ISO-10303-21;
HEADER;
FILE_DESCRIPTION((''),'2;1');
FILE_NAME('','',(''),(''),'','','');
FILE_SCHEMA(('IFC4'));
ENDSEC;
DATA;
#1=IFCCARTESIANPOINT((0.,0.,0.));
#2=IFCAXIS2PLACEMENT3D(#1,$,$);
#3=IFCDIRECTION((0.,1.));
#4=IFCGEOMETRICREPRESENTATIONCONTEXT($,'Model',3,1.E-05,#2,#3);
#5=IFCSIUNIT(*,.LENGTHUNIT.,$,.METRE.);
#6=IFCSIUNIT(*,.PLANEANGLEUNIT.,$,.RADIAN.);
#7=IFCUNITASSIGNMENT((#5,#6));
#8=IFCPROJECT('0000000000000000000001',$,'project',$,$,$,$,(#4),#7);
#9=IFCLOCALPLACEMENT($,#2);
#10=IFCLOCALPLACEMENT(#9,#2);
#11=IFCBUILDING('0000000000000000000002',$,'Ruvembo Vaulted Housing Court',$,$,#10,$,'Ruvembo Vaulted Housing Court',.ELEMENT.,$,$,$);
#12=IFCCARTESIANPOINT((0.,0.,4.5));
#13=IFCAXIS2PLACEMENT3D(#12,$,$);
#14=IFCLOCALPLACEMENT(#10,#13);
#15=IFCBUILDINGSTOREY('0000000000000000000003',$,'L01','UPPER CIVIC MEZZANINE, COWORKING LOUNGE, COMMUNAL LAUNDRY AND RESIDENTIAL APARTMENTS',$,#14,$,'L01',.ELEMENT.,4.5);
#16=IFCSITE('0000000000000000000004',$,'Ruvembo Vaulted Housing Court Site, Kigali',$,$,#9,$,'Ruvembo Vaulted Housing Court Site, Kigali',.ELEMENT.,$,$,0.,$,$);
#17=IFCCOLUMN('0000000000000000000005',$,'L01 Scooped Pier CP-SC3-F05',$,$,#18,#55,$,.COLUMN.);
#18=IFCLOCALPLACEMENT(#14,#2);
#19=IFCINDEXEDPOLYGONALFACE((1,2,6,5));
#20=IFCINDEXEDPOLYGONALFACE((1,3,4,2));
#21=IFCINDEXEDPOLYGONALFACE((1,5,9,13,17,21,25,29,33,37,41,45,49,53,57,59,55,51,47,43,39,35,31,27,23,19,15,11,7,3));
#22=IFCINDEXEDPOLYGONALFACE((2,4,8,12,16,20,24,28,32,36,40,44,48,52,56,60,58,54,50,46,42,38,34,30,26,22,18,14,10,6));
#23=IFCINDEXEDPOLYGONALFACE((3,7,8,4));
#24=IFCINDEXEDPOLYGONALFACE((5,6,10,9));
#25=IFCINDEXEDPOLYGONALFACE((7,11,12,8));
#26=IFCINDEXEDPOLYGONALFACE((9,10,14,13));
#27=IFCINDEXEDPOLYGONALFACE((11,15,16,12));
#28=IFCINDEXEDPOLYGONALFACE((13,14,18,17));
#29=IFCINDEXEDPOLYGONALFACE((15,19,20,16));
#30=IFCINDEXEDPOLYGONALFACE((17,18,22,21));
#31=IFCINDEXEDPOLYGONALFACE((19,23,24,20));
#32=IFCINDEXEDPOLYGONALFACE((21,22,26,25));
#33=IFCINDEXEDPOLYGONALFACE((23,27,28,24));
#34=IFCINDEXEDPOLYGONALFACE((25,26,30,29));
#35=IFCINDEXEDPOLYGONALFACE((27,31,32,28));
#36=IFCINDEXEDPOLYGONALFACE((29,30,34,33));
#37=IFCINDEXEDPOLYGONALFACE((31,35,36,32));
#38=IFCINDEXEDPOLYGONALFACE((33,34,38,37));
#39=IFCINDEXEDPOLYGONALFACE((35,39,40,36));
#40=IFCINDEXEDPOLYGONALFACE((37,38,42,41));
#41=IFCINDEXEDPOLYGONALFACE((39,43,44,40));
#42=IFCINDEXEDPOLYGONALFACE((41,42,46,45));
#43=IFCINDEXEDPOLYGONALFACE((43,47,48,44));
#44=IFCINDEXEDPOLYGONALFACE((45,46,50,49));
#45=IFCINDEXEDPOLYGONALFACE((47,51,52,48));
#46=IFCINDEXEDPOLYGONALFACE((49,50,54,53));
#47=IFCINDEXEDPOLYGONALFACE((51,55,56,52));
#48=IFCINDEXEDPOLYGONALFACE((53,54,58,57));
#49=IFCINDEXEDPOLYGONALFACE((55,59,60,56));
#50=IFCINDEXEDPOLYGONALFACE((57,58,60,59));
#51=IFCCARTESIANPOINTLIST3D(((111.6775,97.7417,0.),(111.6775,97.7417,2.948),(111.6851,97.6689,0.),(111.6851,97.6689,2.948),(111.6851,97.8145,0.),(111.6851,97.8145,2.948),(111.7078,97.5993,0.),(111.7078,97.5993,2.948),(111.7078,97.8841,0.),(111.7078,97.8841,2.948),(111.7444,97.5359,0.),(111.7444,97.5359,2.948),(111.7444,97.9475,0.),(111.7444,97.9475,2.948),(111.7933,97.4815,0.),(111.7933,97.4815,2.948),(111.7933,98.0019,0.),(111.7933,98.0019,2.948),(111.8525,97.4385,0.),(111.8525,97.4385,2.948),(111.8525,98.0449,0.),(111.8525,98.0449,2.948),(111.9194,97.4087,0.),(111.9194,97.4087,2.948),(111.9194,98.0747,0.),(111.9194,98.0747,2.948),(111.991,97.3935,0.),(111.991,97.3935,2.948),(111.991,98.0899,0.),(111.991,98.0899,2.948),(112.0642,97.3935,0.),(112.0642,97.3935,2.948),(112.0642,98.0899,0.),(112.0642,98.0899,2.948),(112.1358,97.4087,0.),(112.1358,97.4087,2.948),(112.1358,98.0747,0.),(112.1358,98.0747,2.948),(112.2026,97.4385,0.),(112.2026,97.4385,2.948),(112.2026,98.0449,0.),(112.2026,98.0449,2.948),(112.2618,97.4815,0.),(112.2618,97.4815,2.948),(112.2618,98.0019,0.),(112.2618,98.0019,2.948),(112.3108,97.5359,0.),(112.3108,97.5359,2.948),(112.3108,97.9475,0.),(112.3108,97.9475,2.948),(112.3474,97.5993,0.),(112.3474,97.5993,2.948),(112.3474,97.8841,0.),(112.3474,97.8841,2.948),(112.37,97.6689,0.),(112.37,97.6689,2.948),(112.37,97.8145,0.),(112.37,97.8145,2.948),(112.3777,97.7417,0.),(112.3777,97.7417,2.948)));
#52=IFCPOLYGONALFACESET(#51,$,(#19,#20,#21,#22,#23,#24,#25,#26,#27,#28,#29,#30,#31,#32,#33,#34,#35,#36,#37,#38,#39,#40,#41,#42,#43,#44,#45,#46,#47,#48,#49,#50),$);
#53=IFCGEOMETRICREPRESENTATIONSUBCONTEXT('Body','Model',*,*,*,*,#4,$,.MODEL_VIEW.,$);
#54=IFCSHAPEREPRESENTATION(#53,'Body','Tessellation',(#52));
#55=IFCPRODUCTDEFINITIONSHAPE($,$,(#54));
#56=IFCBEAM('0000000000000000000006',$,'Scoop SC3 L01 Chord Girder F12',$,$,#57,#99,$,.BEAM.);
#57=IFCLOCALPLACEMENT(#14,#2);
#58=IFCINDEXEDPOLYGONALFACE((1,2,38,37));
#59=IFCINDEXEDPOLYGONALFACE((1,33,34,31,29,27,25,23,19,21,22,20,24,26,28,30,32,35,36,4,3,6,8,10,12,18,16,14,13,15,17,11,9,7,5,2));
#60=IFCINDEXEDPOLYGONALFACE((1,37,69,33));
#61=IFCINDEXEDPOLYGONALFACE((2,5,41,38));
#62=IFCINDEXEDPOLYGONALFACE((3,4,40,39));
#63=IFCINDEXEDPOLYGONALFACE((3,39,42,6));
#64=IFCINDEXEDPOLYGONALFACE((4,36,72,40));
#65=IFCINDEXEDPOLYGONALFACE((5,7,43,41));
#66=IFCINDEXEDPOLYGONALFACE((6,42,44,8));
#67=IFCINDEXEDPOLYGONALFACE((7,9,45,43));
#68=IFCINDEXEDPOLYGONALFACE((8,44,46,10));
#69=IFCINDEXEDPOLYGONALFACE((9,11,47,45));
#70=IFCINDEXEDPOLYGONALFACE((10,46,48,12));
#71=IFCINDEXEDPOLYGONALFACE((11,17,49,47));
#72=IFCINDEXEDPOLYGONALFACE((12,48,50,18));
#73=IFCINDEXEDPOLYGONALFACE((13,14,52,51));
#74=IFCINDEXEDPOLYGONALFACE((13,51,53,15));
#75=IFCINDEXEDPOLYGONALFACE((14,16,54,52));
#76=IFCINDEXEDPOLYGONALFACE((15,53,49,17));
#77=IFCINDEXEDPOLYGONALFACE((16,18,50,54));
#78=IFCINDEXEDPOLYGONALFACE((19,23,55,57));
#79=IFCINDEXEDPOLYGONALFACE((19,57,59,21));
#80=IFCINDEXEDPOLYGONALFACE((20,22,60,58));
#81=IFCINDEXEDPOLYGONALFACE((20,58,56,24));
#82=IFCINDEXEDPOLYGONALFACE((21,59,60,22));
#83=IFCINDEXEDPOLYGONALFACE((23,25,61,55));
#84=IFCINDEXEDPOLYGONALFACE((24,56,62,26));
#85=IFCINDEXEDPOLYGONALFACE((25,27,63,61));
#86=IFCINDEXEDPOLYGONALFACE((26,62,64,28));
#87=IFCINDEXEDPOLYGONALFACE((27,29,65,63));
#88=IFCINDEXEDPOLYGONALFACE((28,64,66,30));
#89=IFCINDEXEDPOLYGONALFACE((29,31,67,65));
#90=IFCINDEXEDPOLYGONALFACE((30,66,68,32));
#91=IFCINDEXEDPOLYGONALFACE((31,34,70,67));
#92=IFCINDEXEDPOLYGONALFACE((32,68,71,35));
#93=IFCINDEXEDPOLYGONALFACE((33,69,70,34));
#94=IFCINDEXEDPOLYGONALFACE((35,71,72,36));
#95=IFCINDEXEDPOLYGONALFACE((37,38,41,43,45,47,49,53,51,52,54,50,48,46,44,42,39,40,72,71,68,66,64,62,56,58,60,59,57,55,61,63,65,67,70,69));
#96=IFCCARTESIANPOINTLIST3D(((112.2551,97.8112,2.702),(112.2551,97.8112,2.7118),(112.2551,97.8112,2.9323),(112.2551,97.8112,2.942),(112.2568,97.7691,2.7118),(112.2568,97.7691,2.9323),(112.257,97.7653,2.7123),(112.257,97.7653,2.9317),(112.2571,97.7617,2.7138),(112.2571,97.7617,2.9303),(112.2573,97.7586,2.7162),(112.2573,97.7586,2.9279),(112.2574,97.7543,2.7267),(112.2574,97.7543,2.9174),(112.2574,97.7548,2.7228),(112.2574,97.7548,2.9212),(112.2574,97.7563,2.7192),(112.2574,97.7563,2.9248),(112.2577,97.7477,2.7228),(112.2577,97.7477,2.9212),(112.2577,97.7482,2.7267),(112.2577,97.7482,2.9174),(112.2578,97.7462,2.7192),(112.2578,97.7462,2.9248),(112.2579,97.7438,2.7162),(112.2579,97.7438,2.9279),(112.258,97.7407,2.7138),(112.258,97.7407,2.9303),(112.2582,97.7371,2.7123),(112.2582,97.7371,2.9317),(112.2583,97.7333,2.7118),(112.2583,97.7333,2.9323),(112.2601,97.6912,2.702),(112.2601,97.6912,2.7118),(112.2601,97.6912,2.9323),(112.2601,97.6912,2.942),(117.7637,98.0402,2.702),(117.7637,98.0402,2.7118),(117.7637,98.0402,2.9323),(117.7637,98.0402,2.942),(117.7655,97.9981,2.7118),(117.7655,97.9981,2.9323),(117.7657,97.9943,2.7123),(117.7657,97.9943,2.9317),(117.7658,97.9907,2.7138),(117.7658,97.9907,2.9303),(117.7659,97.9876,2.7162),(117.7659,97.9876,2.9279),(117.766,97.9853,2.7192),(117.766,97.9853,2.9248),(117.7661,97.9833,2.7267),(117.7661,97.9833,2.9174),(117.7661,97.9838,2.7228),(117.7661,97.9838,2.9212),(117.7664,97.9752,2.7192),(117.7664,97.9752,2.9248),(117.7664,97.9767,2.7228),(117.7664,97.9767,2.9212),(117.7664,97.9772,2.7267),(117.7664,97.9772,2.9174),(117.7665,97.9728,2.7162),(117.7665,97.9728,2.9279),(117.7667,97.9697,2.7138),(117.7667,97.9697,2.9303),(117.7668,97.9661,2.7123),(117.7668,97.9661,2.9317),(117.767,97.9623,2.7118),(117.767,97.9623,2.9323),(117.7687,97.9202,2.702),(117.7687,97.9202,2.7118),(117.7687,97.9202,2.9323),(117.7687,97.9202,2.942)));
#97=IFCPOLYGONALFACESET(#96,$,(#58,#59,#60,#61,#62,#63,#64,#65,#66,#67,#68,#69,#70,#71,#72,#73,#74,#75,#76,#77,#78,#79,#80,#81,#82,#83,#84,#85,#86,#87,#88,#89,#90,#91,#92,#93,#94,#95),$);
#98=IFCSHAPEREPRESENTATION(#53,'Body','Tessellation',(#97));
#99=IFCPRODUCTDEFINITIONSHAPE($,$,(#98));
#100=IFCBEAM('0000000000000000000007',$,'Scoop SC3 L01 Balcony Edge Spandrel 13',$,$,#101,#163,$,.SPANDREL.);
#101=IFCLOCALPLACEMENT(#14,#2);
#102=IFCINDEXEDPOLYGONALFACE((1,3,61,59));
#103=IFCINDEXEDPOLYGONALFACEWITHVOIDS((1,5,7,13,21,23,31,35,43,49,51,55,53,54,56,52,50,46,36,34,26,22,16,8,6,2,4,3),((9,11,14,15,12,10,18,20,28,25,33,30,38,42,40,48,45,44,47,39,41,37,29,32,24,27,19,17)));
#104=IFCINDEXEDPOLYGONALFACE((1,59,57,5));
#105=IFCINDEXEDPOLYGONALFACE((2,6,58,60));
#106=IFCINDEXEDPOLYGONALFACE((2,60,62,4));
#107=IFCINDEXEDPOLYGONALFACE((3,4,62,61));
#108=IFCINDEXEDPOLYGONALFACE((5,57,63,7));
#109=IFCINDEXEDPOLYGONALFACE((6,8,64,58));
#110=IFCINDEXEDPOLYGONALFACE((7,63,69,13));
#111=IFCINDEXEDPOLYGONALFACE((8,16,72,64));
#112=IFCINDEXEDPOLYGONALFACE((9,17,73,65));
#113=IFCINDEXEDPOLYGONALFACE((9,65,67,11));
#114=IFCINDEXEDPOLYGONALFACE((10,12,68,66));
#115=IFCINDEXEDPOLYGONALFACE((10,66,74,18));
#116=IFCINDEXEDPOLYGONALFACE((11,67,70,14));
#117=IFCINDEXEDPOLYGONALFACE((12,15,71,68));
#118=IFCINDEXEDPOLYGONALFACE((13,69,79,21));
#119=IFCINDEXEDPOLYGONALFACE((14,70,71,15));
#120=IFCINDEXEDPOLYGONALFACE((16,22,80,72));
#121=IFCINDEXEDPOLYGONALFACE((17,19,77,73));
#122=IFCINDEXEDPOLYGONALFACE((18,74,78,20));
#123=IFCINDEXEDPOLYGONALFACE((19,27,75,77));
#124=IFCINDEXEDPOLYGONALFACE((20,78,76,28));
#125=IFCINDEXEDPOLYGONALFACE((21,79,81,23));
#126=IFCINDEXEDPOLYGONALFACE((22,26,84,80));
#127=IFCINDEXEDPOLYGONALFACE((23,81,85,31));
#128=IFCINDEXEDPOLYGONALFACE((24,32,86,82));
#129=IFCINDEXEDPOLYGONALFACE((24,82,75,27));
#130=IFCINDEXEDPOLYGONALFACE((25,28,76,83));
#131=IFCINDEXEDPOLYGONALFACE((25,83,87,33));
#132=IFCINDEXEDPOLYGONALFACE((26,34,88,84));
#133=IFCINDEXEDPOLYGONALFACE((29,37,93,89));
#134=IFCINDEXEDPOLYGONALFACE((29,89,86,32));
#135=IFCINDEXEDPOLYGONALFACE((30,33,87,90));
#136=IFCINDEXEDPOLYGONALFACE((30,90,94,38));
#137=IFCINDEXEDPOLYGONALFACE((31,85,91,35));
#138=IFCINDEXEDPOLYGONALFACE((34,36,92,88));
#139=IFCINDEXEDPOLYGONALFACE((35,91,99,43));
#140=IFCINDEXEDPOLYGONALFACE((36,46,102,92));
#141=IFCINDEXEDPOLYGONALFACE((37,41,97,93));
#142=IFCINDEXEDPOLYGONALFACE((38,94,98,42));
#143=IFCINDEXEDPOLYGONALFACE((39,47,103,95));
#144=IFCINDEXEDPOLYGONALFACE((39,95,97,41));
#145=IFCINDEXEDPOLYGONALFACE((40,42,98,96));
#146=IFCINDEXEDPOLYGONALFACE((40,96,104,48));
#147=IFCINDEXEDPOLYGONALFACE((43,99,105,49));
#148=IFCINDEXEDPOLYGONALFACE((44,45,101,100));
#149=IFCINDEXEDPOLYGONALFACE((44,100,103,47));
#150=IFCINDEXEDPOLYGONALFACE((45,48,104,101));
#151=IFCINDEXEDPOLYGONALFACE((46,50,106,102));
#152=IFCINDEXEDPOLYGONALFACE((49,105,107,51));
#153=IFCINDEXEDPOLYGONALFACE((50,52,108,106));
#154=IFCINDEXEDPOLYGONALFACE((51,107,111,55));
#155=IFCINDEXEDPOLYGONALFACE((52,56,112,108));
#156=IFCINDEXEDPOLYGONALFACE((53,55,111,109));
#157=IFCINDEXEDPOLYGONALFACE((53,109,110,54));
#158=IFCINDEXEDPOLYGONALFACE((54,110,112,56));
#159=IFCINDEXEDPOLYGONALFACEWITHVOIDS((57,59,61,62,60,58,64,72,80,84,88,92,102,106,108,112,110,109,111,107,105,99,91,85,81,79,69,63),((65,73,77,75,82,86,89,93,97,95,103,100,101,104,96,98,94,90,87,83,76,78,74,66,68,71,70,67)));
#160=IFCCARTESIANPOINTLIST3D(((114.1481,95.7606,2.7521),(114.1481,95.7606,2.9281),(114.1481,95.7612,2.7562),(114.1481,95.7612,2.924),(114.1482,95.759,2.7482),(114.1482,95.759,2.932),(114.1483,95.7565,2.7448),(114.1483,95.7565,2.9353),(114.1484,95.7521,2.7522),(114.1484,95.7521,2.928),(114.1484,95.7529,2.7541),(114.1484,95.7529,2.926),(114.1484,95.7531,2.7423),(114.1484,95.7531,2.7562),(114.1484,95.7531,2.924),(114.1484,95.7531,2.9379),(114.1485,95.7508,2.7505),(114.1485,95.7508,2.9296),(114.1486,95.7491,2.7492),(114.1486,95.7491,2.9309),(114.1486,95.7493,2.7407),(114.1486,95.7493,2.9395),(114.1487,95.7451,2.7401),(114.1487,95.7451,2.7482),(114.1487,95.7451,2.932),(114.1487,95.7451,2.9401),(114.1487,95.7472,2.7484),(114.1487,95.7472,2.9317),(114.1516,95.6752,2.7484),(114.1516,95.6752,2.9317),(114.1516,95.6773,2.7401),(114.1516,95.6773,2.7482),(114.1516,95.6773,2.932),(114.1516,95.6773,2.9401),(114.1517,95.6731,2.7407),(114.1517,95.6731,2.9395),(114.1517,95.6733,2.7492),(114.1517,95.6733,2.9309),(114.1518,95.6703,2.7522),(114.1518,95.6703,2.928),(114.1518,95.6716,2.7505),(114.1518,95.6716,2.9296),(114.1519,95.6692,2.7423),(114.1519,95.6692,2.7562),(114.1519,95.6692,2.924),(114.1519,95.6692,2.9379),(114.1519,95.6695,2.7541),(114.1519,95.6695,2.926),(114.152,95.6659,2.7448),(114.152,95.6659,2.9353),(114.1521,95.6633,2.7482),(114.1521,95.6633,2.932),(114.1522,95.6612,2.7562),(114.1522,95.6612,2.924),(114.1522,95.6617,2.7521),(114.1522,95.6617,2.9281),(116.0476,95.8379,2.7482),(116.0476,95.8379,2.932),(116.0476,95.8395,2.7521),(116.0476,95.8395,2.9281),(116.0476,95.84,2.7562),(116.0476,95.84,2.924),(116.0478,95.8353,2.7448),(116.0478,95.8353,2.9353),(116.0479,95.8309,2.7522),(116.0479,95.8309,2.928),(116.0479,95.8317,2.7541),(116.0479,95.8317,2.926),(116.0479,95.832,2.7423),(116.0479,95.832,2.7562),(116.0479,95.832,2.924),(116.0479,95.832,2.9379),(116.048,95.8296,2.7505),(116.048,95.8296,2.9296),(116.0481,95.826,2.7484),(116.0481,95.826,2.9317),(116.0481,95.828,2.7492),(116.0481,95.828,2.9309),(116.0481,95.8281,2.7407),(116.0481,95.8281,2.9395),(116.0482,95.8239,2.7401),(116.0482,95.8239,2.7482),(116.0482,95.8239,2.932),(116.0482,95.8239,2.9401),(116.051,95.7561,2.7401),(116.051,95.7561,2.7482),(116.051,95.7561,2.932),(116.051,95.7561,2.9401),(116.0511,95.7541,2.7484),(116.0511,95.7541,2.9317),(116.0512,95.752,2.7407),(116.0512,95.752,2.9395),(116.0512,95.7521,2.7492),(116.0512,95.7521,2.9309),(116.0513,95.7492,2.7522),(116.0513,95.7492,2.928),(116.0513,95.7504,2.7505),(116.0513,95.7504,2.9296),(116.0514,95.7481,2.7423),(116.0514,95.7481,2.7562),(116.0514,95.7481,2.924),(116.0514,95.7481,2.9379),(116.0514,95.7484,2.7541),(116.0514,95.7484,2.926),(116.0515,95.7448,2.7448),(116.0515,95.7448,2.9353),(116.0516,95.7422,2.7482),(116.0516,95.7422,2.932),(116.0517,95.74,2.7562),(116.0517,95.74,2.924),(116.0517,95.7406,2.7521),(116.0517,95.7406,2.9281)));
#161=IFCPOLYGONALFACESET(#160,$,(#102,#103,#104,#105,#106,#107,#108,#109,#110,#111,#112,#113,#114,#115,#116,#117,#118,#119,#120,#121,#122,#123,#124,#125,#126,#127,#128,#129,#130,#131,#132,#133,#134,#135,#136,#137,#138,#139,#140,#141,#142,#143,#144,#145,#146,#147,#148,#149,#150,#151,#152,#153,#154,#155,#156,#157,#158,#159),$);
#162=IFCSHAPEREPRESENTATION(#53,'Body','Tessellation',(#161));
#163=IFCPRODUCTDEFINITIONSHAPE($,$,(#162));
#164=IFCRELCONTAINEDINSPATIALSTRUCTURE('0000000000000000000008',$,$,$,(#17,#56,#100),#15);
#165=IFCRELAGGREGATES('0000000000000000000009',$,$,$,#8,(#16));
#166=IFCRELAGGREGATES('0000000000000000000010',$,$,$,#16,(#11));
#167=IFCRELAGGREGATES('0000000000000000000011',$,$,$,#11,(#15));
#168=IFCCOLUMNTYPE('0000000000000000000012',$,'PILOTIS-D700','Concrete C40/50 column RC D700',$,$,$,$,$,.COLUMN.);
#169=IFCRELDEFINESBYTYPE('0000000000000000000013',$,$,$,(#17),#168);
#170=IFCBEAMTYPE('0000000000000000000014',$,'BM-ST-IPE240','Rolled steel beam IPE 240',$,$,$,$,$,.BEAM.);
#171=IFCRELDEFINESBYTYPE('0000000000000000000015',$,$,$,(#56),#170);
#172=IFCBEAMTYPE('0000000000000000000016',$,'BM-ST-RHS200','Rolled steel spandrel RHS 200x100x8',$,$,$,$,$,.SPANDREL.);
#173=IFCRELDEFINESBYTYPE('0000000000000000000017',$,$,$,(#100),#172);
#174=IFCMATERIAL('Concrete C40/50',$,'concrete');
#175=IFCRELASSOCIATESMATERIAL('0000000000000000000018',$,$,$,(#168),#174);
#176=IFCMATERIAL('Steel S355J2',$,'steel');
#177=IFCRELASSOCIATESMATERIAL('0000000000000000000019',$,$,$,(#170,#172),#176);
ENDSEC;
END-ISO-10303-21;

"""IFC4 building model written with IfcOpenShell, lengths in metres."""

from ifc_helpers import new_model, si_unit, direction, frame, origin, origin_2d, place, context, subcontext, project, spatial, hollow_rectangle, circle, i_section, extrude, material, material_profile, profile_set, type_object, element, save


model = new_model("IFC4")

# Units and contexts
model_context = context("Model", 3, precision=1e-05, world=origin(), true_north=direction((0.0, 1.0)))
body_context = subcontext(model_context, "Body", "Model", "MODEL_VIEW")
ifc_project = project(units=[si_unit("LENGTHUNIT", "METRE"), si_unit("PLANEANGLEUNIT", "RADIAN")], contexts=[model_context])

# Site, building, storey
site_placement = place(None, origin())
site = spatial("IfcSite", under=ifc_project, at=site_placement, Name="Ruvembo Vaulted Housing Court Site, Kigali", LongName="Ruvembo Vaulted Housing Court Site, Kigali", CompositionType="ELEMENT", RefElevation=0.0)
building_placement = place(site_placement, origin())
building = spatial("IfcBuilding", under=site, at=building_placement, Name="Ruvembo Vaulted Housing Court", LongName="Ruvembo Vaulted Housing Court", CompositionType="ELEMENT")
storey_placement = place(building_placement, frame((0.0, 0.0, 4.5)))
storey = spatial("IfcBuildingStorey", under=building, at=storey_placement, Name="L01", Description="UPPER CIVIC MEZZANINE, COWORKING LOUNGE, COMMUNAL LAUNDRY AND RESIDENTIAL APARTMENTS", LongName="L01", CompositionType="ELEMENT", Elevation=4.5)

# Column
ifc_material_1 = material(Name="Concrete C40/50", Category="concrete")
ifc_material_profile_1 = material_profile(ifc_material_1, circle(Radius=0.3501, at=origin_2d()), Name="RC D700")
ifc_profile_set_1 = profile_set([ifc_material_profile_1], Name="Concrete C40/50")
column_type = type_object("IfcColumnType", Name="PILOTIS-D700", Description="Concrete C40/50 column RC D700", PredefinedType="COLUMN", material=ifc_profile_set_1)
column_placement = place(storey_placement, frame((112.0276, 97.7417, 0.0), z_axis=(0.0, 0.0, 1.0), x_axis=(1.0, 0.0, 0.0)))
element("IfcColumn", 1, at=column_placement, inside=storey, type_object=column_type, Name="L01 Scooped Pier CP-SC3-F05", PredefinedType="COLUMN", context=body_context, shape_type="SweptSolid", body=[
    extrude(circle(Radius=0.3501, at=origin_2d()), origin(), (0.0, 0.0, 1.0), 2.948),
])

# Beams
ifc_material_2 = material(Name="Steel S355J2", Category="steel")
ifc_material_profile_2 = material_profile(ifc_material_2, i_section(OverallWidth=0.1201, OverallDepth=0.24, WebThickness=0.0061, FlangeThickness=0.0098, FilletRadius=0.0149, at=origin_2d()), Name="IPE 240")
ifc_profile_set_2 = profile_set([ifc_material_profile_2], Name="Steel S355J2")
beam_type_1 = type_object("IfcBeamType", Name="BM-ST-IPE240", Description="Rolled steel beam IPE 240", PredefinedType="BEAM", material=ifc_profile_set_2)
beam_1_placement = place(storey_placement, frame((112.2576, 97.7512, 2.822), z_axis=(0.999137, 0.041535, 0.0), x_axis=(-0.041535, 0.999137, 0.0)))
element("IfcBeam", 2, at=beam_1_placement, inside=storey, type_object=beam_type_1, Name="Scoop SC3 L01 Chord Girder F12", PredefinedType="BEAM", context=body_context, shape_type="SweptSolid", body=[
    extrude(i_section(OverallWidth=0.1201, OverallDepth=0.24, WebThickness=0.0061, FlangeThickness=0.0098, FilletRadius=0.0149, at=origin_2d()), origin(), (0.0, 0.0, 1.0), 5.5134),
])
ifc_material_profile_3 = material_profile(ifc_material_2, hollow_rectangle(XDim=0.1001, YDim=0.2, WallThickness=0.0081, InnerFilletRadius=0.0081, OuterFilletRadius=0.0161, at=origin_2d()), Name="RHS 200x100x8")
ifc_profile_set_3 = profile_set([ifc_material_profile_3], Name="Steel S355J2")
beam_type_2 = type_object("IfcBeamType", Name="BM-ST-RHS200", Description="Rolled steel spandrel RHS 200x100x8", PredefinedType="SPANDREL", material=ifc_profile_set_3)
beam_2_placement = place(storey_placement, frame((114.1501, 95.7112, 2.8401), z_axis=(0.999139, 0.041481, 0.0), x_axis=(-0.041481, 0.999139, 0.0)))
element("IfcBeam", 3, at=beam_2_placement, inside=storey, type_object=beam_type_2, Name="Scoop SC3 L01 Balcony Edge Spandrel 13", PredefinedType="SPANDREL", context=body_context, shape_type="SweptSolid", body=[
    extrude(hollow_rectangle(XDim=0.1001, YDim=0.2, WallThickness=0.0081, InnerFilletRadius=0.0081, OuterFilletRadius=0.0161, at=origin_2d()), origin(), (0.0, 0.0, 1.0), 1.9011),
])

save(model, "model.ifc")
